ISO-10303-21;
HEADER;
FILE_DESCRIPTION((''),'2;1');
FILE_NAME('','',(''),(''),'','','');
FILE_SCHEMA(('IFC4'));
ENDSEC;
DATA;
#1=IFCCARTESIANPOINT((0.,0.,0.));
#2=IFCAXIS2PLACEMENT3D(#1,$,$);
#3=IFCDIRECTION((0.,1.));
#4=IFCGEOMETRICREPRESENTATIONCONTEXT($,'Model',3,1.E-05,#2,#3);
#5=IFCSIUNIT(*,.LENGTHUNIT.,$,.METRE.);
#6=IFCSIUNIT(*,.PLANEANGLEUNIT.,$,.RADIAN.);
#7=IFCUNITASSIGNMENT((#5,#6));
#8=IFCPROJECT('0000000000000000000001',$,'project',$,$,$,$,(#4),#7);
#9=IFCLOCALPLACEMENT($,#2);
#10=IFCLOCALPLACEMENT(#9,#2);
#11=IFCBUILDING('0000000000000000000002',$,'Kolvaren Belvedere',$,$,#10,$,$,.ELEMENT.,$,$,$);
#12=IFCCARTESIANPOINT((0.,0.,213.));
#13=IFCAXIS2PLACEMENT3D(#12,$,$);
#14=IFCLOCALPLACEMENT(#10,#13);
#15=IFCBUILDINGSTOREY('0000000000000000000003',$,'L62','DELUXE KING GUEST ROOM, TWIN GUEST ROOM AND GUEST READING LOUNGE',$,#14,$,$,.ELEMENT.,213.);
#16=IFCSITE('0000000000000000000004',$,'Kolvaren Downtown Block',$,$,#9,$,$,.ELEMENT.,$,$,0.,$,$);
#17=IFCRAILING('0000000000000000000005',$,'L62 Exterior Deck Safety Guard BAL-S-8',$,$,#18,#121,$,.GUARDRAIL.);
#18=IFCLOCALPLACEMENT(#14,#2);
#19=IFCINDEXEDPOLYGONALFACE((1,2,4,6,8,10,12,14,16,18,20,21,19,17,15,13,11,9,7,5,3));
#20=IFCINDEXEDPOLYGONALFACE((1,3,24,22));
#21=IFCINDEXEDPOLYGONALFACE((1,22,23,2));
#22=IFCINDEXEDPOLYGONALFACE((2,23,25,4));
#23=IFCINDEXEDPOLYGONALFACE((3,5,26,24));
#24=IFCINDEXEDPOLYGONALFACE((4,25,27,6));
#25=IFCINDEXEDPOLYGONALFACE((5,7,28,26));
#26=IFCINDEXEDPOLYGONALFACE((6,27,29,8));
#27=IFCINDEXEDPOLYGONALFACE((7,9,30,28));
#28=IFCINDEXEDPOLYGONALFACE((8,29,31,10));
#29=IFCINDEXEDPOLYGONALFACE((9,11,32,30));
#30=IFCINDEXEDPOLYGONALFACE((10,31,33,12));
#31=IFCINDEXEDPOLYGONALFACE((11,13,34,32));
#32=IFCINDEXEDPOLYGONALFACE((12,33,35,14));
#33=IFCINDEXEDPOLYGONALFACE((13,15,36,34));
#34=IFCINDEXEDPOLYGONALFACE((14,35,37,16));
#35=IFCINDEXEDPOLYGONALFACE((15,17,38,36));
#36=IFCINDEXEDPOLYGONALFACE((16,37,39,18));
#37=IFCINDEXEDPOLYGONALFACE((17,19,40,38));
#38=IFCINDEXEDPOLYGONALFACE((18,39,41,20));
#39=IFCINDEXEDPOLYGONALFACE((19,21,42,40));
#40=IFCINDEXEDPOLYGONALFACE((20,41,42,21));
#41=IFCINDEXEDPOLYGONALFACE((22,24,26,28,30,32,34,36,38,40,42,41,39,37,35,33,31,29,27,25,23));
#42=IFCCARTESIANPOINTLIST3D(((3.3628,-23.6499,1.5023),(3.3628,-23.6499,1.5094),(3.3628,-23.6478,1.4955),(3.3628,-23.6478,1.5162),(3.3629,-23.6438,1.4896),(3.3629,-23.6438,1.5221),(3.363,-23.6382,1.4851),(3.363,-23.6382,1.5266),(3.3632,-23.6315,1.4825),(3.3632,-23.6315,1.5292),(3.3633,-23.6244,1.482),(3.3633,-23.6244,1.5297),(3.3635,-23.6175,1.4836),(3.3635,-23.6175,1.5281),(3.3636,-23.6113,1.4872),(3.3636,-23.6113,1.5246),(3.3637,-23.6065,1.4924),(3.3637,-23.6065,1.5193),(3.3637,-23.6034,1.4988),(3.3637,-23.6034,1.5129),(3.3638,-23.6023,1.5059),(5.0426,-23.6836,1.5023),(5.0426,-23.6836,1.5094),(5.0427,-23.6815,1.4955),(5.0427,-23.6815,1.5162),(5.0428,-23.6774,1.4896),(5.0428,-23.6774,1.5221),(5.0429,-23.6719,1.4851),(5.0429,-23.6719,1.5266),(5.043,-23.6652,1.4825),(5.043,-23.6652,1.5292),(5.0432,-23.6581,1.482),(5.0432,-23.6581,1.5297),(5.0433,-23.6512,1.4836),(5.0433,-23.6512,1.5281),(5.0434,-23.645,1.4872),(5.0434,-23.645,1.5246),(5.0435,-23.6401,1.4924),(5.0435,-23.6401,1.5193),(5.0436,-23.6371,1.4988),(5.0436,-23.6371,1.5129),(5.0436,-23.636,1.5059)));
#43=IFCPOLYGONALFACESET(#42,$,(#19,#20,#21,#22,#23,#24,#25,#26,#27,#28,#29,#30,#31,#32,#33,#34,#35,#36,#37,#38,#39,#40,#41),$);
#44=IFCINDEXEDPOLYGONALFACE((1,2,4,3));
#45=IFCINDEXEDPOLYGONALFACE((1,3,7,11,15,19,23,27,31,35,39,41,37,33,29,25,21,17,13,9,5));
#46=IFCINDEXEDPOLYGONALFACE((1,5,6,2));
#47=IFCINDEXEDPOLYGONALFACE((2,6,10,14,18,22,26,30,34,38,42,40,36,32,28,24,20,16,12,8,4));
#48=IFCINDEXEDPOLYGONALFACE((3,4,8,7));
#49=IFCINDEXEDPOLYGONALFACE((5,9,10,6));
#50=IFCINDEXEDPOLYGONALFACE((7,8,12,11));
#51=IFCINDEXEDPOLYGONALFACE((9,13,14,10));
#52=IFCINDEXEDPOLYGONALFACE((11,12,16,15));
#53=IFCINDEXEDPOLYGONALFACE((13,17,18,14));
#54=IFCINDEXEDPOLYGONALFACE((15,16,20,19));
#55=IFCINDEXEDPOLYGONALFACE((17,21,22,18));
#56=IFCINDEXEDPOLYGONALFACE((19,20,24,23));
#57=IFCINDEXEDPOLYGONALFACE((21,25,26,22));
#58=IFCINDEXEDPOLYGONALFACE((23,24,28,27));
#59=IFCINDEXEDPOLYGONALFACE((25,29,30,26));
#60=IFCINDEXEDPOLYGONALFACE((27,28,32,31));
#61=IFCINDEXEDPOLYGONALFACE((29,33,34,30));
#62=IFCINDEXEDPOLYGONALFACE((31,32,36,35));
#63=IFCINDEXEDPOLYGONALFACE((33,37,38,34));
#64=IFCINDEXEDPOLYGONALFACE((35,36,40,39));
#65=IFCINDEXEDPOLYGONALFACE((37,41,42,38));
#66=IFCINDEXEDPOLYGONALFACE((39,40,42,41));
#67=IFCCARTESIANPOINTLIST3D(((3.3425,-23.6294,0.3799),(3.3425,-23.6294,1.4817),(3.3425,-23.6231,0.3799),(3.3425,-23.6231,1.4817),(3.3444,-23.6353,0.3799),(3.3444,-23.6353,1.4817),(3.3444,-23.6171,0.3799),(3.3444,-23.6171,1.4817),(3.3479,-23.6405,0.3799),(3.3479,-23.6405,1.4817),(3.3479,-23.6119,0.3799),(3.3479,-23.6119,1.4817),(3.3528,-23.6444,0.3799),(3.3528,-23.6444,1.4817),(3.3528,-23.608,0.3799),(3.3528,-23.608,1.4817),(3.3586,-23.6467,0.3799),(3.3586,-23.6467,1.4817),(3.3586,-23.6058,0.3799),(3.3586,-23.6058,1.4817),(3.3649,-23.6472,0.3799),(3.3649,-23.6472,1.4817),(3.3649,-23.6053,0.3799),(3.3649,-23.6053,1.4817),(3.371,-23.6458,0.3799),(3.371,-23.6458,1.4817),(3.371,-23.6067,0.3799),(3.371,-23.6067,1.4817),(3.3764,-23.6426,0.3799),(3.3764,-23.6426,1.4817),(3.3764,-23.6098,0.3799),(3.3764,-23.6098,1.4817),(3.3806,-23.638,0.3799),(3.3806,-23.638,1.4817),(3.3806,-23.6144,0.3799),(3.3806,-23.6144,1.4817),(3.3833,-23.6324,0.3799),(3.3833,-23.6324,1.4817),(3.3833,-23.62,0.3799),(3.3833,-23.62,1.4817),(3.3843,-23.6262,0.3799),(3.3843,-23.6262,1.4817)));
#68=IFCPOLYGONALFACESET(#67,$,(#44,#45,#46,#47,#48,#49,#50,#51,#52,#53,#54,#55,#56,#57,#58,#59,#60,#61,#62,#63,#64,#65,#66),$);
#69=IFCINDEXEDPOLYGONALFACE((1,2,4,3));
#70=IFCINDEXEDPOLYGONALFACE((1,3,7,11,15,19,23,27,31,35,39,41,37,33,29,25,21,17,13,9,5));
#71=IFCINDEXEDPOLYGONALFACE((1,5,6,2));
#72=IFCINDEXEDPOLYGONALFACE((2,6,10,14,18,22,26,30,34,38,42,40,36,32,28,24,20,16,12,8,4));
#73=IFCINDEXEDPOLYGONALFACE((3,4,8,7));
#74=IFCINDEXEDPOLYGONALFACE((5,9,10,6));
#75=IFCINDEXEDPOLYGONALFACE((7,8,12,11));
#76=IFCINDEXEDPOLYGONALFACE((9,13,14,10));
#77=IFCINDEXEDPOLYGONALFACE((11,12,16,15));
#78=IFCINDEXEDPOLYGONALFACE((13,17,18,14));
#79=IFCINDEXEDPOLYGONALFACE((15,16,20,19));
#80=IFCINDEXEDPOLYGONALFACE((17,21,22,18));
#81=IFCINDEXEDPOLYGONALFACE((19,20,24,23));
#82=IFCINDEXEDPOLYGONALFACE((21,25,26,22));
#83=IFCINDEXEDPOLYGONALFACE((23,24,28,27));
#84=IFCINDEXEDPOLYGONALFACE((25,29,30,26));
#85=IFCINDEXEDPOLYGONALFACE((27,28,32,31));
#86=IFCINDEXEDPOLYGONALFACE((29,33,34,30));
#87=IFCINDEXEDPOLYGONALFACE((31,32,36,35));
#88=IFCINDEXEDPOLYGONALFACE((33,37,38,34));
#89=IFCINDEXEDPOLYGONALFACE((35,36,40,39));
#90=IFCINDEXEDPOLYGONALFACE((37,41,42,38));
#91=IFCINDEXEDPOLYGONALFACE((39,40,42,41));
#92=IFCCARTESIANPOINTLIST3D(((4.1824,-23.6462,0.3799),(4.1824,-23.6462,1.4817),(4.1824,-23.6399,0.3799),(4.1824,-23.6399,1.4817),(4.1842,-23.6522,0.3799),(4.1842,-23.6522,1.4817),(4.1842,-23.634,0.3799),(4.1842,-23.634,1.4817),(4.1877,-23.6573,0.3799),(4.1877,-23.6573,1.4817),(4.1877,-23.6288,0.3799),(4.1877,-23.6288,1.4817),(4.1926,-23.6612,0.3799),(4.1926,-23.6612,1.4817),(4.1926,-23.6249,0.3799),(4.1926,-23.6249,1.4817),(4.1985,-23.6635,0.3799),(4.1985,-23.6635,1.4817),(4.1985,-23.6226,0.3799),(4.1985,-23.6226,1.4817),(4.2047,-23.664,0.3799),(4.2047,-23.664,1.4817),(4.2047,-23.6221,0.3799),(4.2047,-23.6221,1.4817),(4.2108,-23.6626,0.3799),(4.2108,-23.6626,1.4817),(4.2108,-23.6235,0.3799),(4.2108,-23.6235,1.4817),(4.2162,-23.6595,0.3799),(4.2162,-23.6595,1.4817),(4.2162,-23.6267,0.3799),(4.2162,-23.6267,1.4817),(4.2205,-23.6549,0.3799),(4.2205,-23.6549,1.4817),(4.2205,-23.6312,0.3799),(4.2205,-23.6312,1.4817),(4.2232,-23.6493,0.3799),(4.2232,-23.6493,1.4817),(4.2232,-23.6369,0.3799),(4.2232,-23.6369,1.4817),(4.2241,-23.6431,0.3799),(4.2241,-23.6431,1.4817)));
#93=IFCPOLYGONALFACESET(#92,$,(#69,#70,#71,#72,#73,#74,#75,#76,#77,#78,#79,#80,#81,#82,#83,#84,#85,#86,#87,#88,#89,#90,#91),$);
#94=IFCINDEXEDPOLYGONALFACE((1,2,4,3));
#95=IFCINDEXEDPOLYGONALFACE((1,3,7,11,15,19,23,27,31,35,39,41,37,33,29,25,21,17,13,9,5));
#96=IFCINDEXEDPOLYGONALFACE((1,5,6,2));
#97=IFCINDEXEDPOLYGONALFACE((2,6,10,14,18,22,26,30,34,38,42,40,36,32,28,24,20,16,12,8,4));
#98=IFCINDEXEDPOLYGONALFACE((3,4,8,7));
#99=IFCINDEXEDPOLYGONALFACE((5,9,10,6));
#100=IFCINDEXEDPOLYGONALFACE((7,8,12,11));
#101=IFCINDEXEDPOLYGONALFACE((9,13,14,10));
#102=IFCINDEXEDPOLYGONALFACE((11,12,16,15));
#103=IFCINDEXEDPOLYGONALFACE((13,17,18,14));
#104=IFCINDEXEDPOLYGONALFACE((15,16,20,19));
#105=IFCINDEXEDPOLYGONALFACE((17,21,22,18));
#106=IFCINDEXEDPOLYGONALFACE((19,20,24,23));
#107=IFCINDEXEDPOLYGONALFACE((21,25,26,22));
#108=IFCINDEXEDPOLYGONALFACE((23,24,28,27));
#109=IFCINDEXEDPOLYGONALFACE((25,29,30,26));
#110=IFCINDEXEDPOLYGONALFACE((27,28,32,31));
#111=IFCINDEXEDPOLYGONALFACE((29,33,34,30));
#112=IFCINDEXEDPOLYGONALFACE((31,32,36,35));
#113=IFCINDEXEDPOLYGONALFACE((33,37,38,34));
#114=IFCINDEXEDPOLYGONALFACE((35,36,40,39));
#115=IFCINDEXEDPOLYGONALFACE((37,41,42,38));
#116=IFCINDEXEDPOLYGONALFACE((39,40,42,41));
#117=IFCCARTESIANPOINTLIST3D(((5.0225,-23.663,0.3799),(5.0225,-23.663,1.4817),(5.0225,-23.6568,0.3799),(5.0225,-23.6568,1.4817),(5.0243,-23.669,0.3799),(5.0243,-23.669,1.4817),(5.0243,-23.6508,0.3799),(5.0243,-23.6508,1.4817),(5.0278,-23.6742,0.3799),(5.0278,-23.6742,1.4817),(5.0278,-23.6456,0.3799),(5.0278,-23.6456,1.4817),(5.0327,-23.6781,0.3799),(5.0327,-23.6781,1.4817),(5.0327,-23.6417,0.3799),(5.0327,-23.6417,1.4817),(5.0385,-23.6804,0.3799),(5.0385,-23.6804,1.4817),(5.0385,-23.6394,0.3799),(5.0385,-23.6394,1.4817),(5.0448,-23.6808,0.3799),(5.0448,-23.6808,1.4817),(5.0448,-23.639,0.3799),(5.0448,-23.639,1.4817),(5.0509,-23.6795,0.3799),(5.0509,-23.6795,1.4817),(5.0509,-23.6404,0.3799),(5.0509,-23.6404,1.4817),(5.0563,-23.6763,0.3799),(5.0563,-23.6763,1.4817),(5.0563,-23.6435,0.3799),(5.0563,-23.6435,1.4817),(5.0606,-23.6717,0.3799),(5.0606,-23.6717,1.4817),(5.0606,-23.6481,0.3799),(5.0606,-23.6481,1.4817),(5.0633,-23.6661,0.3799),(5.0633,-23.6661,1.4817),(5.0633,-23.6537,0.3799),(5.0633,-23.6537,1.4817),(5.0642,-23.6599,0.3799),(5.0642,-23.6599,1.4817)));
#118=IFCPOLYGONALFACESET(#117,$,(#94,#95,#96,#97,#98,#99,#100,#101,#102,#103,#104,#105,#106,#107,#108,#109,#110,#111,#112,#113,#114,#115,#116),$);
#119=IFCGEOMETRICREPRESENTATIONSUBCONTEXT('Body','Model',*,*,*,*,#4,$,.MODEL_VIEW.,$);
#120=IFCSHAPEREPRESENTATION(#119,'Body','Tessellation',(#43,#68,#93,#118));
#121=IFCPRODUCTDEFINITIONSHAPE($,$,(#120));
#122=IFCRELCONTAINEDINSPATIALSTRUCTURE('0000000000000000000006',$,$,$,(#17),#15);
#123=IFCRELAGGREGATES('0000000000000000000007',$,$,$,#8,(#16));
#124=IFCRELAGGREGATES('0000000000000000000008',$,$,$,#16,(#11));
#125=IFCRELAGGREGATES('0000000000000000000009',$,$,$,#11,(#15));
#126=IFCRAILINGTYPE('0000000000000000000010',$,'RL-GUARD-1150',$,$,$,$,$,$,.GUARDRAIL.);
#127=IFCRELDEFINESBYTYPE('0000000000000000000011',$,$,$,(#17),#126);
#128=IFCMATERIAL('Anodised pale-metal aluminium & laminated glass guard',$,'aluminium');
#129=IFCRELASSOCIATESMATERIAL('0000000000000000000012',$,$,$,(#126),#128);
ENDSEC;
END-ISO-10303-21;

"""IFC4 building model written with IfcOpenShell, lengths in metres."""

from ifc_helpers import new_model, si_unit, direction, frame, origin, origin_2d, place, context, subcontext, project, spatial, circle, extrude, material, type_object, element, save


model = new_model("IFC4")

# Units and contexts
model_context = context("Model", 3, precision=1e-05, world=origin(), true_north=direction((0.0, 1.0)))
body_context = subcontext(model_context, "Body", "Model", "MODEL_VIEW")
ifc_project = project(units=[si_unit("LENGTHUNIT", "METRE"), si_unit("PLANEANGLEUNIT", "RADIAN")], contexts=[model_context])

# Site, building, storey
site_placement = place(None, origin())
site = spatial("IfcSite", under=ifc_project, at=site_placement, Name="Kolvaren Downtown Block", CompositionType="ELEMENT", RefElevation=0.0)
building_placement = place(site_placement, origin())
building = spatial("IfcBuilding", under=site, at=building_placement, Name="Kolvaren Belvedere", CompositionType="ELEMENT")
storey_placement = place(building_placement, frame((0.0, 0.0, 213.0)))
storey = spatial("IfcBuildingStorey", under=building, at=storey_placement, Name="L62", Description="DELUXE KING GUEST ROOM, TWIN GUEST ROOM AND GUEST READING LOUNGE", CompositionType="ELEMENT", Elevation=213.0)

# Railing
ifc_material_1 = material(Name="Anodised pale-metal aluminium & laminated glass guard", Category="aluminium")
railing_type = type_object("IfcRailingType", Name="RL-GUARD-1150", PredefinedType="GUARDRAIL", material=ifc_material_1)
railing_1_placement = place(storey_placement, frame((3.3633, -23.6262, 0.3799)))
element("IfcRailing", 1, at=railing_1_placement, inside=storey, type_object=railing_type, Name="L62 Exterior Deck Safety Guard BAL-S-8", PredefinedType="GUARDRAIL", context=body_context, shape_type="SweptSolid", body=[
    extrude(circle(Radius=0.0239, at=origin_2d()), frame((0.0, 0.0, 1.126), z_axis=(0.999799, -0.020051, 0.0), x_axis=(0.020051, 0.999799, 0.0)), (0.0, 0.0, 1.0), 1.6802),
    extrude(circle(Radius=0.021, at=origin_2d()), origin(), (0.0, 0.0, 1.0), 1.1018),
    extrude(circle(Radius=0.021, at=origin_2d()), frame((0.8398, -0.0168, 0.0)), (0.0, 0.0, 1.0), 1.1018),
    extrude(circle(Radius=0.021, at=origin_2d()), frame((1.6799, -0.0337, 0.0)), (0.0, 0.0, 1.0), 1.1018),
])

save(model, "model.ifc")
